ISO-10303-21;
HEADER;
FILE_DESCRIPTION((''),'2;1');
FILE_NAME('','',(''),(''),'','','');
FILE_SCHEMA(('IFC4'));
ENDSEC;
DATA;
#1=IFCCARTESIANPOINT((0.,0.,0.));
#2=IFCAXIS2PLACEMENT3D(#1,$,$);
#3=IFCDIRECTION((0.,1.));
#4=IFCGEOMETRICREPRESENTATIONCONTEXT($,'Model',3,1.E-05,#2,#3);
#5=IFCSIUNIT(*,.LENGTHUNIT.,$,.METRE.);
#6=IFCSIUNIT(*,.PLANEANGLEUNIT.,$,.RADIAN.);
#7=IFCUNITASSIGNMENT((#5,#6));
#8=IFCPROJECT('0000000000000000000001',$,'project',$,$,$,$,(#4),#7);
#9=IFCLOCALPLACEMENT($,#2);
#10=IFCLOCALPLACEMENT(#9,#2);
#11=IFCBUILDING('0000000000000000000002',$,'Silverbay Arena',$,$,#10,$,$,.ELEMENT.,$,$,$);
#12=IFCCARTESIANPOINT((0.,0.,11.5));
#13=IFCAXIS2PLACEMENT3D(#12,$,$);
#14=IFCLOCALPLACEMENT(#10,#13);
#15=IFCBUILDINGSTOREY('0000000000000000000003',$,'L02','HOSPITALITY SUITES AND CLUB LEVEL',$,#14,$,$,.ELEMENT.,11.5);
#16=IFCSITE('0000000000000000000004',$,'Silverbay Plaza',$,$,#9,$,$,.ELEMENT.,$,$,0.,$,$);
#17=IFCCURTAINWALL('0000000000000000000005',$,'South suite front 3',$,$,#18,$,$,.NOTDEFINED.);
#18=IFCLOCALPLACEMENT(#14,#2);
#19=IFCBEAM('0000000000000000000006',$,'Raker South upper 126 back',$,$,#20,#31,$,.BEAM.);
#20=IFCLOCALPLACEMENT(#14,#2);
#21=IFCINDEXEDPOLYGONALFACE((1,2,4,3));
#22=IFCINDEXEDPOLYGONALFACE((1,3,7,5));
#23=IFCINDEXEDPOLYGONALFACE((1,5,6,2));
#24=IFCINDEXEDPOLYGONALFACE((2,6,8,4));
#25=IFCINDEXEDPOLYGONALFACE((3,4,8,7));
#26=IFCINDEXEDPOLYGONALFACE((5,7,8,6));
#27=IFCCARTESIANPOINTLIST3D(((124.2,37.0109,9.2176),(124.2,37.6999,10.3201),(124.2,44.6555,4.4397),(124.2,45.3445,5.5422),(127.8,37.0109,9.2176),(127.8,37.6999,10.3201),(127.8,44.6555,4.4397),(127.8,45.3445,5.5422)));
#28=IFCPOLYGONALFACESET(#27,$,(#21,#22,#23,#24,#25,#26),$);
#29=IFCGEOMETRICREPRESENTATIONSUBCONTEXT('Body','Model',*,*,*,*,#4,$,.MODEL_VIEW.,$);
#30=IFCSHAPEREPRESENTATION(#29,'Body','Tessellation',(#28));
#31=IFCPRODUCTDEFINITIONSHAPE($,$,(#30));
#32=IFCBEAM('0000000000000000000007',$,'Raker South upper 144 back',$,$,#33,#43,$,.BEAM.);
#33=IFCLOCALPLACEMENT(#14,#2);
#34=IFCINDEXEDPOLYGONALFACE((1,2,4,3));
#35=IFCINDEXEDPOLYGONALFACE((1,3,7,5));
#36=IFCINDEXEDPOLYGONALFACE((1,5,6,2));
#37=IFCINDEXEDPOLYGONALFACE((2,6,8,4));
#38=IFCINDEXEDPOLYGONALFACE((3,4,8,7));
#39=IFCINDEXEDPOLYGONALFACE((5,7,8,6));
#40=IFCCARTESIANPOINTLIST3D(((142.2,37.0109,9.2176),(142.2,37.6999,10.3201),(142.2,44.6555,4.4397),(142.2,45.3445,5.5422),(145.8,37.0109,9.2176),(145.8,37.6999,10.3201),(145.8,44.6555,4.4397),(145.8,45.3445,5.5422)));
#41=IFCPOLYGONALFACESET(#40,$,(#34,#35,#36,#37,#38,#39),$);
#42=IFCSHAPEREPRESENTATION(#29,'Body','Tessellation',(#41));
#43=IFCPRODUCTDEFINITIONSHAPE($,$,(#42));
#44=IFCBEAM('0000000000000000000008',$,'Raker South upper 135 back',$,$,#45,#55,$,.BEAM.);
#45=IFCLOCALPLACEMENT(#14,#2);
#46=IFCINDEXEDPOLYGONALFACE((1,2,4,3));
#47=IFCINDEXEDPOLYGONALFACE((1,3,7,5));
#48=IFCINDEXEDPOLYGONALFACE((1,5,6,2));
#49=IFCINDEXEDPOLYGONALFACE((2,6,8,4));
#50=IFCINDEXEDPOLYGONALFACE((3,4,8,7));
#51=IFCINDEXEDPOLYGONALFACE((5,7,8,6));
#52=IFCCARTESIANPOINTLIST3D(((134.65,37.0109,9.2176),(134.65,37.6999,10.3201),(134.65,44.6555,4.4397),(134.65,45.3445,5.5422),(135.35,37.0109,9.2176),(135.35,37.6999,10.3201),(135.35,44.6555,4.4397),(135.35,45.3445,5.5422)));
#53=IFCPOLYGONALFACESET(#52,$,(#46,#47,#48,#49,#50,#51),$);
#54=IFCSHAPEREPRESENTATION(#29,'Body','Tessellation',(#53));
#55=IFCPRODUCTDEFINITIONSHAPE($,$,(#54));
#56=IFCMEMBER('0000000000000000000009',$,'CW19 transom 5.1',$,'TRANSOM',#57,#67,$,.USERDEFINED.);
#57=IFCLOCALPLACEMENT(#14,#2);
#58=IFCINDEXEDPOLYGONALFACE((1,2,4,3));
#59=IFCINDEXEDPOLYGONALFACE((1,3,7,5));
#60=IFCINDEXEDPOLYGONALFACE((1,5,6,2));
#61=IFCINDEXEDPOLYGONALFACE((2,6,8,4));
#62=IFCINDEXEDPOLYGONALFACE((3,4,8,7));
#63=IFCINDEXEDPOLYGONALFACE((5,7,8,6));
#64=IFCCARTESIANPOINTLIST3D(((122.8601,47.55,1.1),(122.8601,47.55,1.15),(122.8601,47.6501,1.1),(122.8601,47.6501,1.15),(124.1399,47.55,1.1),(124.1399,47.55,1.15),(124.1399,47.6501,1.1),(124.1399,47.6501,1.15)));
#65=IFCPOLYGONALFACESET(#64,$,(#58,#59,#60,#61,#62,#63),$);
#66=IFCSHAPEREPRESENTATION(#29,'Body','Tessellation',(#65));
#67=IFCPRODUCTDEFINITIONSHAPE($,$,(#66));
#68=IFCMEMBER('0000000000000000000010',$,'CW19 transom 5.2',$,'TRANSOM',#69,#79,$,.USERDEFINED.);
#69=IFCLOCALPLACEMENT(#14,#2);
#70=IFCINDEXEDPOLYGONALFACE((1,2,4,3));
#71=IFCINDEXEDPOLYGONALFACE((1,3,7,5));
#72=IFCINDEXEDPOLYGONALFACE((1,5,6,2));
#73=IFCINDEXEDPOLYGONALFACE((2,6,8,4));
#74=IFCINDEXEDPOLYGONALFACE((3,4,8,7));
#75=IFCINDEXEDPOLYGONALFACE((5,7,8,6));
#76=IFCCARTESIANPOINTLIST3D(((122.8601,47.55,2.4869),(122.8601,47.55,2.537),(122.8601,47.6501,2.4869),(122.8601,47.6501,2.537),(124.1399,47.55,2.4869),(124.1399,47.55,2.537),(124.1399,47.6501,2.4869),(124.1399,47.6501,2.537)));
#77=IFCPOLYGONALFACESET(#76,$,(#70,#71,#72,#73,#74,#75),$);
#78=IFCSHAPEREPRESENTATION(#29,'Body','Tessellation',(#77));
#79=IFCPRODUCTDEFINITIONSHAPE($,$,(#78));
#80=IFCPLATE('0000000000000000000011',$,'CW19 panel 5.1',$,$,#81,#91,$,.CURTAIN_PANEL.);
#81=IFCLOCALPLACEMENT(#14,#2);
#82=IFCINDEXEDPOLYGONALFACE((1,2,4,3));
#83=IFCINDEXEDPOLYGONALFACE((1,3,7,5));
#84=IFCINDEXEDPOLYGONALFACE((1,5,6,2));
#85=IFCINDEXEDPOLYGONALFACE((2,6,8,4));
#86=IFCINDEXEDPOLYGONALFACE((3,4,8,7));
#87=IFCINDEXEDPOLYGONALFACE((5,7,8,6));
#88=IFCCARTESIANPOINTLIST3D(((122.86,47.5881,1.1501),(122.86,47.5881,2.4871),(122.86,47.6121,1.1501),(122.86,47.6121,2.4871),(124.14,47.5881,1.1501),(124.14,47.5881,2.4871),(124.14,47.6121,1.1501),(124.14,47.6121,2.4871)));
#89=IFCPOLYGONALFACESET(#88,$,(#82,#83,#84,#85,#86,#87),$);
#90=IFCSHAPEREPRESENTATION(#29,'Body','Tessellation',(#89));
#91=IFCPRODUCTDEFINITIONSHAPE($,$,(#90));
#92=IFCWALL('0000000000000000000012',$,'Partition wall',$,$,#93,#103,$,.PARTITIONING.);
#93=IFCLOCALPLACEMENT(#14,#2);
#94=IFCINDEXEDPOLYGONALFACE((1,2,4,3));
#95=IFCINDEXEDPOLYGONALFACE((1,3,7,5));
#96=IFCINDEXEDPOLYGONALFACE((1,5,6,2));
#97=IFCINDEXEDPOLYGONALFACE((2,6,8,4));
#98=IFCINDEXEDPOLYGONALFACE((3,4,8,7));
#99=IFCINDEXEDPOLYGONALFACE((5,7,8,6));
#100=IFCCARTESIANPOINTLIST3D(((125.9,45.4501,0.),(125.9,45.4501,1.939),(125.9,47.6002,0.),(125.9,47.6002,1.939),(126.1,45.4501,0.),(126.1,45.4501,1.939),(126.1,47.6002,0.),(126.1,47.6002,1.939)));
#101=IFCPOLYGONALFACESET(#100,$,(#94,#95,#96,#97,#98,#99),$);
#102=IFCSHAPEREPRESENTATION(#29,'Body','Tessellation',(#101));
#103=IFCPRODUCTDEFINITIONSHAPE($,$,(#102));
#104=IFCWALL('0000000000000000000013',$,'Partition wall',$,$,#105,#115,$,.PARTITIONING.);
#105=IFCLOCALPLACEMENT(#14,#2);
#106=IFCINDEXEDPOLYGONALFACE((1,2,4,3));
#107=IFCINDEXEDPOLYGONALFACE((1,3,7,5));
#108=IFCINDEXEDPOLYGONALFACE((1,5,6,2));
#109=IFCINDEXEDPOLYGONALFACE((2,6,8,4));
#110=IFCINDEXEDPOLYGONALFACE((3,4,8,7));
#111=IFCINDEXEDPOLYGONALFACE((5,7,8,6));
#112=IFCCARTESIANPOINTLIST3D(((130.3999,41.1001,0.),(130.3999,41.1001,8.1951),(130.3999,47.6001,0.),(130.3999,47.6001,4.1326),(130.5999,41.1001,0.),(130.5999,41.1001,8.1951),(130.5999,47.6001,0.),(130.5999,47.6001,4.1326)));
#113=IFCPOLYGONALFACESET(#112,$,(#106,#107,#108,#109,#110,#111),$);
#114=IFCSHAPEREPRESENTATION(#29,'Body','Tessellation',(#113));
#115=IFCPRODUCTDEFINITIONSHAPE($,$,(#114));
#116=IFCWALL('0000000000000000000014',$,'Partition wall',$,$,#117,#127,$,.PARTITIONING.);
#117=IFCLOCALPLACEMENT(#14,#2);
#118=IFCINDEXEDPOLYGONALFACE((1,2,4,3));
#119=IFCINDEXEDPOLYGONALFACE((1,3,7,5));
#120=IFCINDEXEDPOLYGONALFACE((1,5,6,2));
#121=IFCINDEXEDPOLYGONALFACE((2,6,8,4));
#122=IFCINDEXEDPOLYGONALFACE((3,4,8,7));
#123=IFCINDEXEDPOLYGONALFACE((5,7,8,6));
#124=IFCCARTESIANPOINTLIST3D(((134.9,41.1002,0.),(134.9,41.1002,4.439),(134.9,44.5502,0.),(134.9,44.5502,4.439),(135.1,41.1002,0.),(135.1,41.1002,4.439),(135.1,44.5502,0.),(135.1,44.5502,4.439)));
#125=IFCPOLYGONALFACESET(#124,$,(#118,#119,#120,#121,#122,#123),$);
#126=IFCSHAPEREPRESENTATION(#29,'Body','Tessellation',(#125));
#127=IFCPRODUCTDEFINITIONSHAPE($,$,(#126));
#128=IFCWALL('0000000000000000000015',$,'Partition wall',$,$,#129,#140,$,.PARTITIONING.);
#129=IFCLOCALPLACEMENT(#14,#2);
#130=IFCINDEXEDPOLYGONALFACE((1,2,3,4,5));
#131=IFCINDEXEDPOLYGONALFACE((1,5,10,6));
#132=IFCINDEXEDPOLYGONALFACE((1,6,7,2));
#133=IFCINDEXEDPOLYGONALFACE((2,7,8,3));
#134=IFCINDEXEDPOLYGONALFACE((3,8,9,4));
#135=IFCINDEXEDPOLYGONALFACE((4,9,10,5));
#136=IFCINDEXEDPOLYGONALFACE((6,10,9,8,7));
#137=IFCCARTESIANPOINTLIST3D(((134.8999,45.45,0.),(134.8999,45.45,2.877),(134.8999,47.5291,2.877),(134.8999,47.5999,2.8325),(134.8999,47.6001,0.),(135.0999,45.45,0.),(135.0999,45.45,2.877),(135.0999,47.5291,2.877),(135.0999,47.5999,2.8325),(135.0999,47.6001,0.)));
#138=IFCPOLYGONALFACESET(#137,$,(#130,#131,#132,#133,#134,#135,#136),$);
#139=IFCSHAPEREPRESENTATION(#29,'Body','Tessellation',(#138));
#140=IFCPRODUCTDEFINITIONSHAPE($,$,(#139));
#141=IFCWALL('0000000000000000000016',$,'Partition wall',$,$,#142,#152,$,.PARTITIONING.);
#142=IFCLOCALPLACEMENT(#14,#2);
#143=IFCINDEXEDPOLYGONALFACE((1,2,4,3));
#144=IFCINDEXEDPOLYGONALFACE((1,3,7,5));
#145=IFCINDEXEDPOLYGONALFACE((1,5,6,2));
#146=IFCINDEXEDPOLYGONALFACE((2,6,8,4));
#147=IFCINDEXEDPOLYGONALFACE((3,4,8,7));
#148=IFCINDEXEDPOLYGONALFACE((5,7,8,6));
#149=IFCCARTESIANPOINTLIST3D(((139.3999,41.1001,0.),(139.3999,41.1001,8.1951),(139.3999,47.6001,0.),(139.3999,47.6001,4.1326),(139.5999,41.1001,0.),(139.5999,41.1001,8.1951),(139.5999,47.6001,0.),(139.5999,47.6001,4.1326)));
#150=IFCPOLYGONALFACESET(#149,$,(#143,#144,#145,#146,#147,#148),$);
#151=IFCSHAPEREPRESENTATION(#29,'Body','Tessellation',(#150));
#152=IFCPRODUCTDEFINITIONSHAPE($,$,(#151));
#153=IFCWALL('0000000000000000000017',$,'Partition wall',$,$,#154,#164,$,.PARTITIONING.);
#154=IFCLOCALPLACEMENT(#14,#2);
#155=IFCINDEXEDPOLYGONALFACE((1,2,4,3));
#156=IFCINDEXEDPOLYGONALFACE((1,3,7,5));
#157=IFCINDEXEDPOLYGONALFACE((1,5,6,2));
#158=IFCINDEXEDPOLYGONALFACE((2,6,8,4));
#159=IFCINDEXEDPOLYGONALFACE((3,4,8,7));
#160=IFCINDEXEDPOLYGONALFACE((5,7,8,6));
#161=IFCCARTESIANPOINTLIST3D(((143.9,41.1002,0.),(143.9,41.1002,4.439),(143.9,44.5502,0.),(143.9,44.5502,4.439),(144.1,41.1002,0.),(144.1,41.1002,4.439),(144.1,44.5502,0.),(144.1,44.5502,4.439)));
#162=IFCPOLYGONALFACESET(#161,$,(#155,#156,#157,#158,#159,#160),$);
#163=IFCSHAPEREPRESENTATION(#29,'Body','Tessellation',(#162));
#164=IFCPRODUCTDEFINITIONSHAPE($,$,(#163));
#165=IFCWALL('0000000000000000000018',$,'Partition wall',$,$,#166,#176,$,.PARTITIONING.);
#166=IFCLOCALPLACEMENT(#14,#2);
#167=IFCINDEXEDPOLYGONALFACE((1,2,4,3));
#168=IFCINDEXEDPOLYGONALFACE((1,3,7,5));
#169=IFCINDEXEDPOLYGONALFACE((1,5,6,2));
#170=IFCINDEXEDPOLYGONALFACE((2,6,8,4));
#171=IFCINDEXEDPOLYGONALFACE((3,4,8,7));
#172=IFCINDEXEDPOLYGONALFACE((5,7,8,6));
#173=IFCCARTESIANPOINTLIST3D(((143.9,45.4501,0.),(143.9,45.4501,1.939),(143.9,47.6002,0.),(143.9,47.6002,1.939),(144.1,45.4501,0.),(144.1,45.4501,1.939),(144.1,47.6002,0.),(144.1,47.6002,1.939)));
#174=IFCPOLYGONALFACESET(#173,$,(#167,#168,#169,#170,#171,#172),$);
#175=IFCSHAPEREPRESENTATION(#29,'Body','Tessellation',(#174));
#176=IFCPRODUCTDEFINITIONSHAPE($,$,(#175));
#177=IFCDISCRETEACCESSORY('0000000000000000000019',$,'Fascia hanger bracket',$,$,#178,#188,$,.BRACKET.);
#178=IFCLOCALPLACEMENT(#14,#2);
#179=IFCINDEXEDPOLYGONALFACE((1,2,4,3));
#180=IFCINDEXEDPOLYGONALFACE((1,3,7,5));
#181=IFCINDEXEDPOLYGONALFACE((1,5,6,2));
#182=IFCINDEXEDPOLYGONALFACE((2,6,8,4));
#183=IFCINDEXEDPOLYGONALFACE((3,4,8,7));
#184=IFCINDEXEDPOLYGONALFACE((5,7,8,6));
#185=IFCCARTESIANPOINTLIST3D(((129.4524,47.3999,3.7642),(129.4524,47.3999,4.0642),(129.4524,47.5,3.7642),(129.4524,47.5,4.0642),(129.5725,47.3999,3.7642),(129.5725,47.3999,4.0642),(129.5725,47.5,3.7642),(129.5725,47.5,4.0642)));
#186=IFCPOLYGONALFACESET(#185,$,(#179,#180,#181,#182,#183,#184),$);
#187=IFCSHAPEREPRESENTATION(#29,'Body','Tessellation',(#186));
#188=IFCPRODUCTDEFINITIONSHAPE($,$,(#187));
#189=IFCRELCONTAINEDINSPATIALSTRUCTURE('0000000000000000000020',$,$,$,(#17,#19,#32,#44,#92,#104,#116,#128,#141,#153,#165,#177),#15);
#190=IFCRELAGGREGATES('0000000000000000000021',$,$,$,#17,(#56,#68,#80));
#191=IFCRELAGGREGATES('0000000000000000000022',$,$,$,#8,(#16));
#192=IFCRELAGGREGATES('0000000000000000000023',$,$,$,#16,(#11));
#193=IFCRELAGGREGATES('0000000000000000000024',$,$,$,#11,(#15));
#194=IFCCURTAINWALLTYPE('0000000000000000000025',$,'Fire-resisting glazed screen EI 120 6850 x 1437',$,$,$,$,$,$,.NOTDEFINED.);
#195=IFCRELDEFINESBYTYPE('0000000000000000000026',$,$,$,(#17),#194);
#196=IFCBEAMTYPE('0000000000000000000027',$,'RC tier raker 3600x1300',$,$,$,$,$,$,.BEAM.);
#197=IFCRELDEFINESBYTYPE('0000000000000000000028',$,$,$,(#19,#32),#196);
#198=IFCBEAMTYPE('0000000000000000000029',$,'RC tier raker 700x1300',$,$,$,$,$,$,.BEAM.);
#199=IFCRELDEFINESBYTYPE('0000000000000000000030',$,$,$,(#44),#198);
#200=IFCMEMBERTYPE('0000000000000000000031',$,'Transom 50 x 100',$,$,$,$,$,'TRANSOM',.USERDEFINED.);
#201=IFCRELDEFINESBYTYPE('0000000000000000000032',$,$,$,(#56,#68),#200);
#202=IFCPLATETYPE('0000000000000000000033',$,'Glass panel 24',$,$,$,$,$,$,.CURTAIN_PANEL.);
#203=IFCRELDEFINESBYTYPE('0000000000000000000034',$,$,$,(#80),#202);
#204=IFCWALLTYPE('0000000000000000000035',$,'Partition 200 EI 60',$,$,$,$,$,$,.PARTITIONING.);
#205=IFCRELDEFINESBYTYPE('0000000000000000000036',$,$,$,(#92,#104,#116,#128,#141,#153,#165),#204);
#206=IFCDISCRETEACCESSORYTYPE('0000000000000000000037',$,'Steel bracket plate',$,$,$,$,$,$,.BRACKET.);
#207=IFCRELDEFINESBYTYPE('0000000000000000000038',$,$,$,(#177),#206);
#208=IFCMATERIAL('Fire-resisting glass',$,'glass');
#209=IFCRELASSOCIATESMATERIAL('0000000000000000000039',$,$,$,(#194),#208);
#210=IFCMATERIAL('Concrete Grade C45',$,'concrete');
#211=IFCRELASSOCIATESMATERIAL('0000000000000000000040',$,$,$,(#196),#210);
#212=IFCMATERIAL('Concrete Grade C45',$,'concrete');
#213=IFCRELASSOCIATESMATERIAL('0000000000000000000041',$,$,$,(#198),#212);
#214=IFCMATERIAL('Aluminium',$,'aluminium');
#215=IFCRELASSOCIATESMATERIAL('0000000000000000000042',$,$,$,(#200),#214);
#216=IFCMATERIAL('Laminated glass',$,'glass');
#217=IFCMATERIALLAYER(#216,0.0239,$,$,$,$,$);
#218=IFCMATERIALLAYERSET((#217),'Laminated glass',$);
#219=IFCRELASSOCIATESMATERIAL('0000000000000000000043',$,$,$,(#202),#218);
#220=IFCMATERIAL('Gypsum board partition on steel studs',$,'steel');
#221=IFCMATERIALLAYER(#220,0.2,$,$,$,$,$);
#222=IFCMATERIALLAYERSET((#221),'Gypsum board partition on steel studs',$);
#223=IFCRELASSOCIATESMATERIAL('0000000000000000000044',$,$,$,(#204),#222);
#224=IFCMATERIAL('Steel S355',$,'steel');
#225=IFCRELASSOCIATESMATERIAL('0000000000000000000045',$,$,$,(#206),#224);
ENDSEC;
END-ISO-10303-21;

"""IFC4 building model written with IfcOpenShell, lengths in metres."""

from ifc_helpers import new_model, si_unit, direction, frame, frame_2d, origin, origin_2d, place, context, subcontext, project, spatial, polyline, rectangle, outline, extrude, material, layer, layer_set, material_profile, profile_set, type_object, element, aggregate, save


model = new_model("IFC4")

# Units and contexts
model_context = context("Model", 3, precision=1e-05, world=origin(), true_north=direction((0.0, 1.0)))
body_context = subcontext(model_context, "Body", "Model", "MODEL_VIEW")
ifc_project = project(units=[si_unit("LENGTHUNIT", "METRE"), si_unit("PLANEANGLEUNIT", "RADIAN")], contexts=[model_context])

# Site, building, storey
site_placement = place(None, origin())
site = spatial("IfcSite", under=ifc_project, at=site_placement, Name="Silverbay Plaza", CompositionType="ELEMENT", RefElevation=0.0)
building_placement = place(site_placement, origin())
building = spatial("IfcBuilding", under=site, at=building_placement, Name="Silverbay Arena", CompositionType="ELEMENT")
storey_placement = place(building_placement, frame((0.0, 0.0, 11.5)))
storey = spatial("IfcBuildingStorey", under=building, at=storey_placement, Name="L02", Description="HOSPITALITY SUITES AND CLUB LEVEL", CompositionType="ELEMENT", Elevation=11.5)

# Curtain wall
ifc_material_1 = material(Name="Fire-resisting glass", Category="glass")
curtain_wall_type = type_object("IfcCurtainWallType", Name="Fire-resisting glazed screen EI 120 6850 x 1437", PredefinedType="NOTDEFINED", material=ifc_material_1)
curtain_wall_1_placement = place(storey_placement, origin())
curtain_wall_1 = element("IfcCurtainWall", 1, at=curtain_wall_1_placement, inside=storey, type_object=curtain_wall_type, Name="South suite front 3", PredefinedType="NOTDEFINED")

# Beams
ifc_material_2 = material(Name="Concrete Grade C45", Category="concrete")
ifc_material_profile_1 = material_profile(ifc_material_2, rectangle(XDim=3.6001, YDim=1.3, at=origin_2d()), Name="RC 3600x1300")
ifc_profile_set_1 = profile_set([ifc_material_profile_1], Name="Concrete Grade C45")
beam_type_1 = type_object("IfcBeamType", Name="RC tier raker 3600x1300", PredefinedType="BEAM", material=ifc_profile_set_1)
for number, where, z_axis, x_axis, name in (
    (2, (126.0, 45.0, 4.991), (0.0, -0.847998, 0.529999), (1.0, 0.0, 0.0), "Raker South upper 126 back"),
    (3, (144.0, 45.0, 4.991), (0.0, -0.847998, 0.529999), (1.0, 0.0, 0.0), "Raker South upper 144 back"),
):
    element("IfcBeam", number, at=place(storey_placement, frame(where, z_axis=z_axis, x_axis=x_axis)), inside=storey, type_object=beam_type_1, Name=name, PredefinedType="BEAM", context=body_context, shape_type="SweptSolid", body=[
        extrude(rectangle(XDim=3.6001, YDim=1.3, at=origin_2d()), origin(), (0.0, 0.0, 1.0), 9.0149),
    ])
ifc_material_3 = material(Name="Concrete Grade C45", Category="concrete")
ifc_material_profile_2 = material_profile(ifc_material_3, rectangle(XDim=0.7, YDim=1.3, at=origin_2d()), Name="RC 700x1300")
ifc_profile_set_2 = profile_set([ifc_material_profile_2], Name="Concrete Grade C45")
beam_type_2 = type_object("IfcBeamType", Name="RC tier raker 700x1300", PredefinedType="BEAM", material=ifc_profile_set_2)
beam_1_placement = place(storey_placement, frame((135.0, 45.0, 4.991), z_axis=(0.0, -0.847998, 0.529999), x_axis=(1.0, 0.0, 0.0)))
element("IfcBeam", 4, at=beam_1_placement, inside=storey, type_object=beam_type_2, Name="Raker South upper 135 back", PredefinedType="BEAM", context=body_context, shape_type="SweptSolid", body=[
    extrude(rectangle(XDim=0.7, YDim=1.3, at=origin_2d()), origin(), (0.0, 0.0, 1.0), 9.0149),
])

# Members
ifc_material_4 = material(Name="Aluminium", Category="aluminium")
ifc_material_profile_3 = material_profile(ifc_material_4, rectangle(XDim=0.1001, YDim=0.05, at=origin_2d()), Name="Transom 50 x 100")
ifc_profile_set_3 = profile_set([ifc_material_profile_3], Name="Aluminium")
member_type_1 = type_object("IfcMemberType", Name="Transom 50 x 100", ElementType="TRANSOM", PredefinedType="USERDEFINED", material=ifc_profile_set_3)
member_1_placement = place(storey_placement, frame((122.8601, 47.6001, 1.125), z_axis=(1.0, 0.0, 0.0), x_axis=(0.0, 1.0, 0.0)))
member_1 = element("IfcMember", 5, at=member_1_placement, type_object=member_type_1, Name="CW19 transom 5.1", ObjectType="TRANSOM", PredefinedType="USERDEFINED", context=body_context, shape_type="SweptSolid", body=[
    extrude(rectangle(XDim=0.1001, YDim=0.05, at=origin_2d()), origin(), (0.0, 0.0, 1.0), 1.2798),
])
member_2_placement = place(storey_placement, frame((122.8601, 47.6001, 2.512), z_axis=(1.0, 0.0, 0.0), x_axis=(0.0, 1.0, 0.0)))
member_2 = element("IfcMember", 6, at=member_2_placement, type_object=member_type_1, Name="CW19 transom 5.2", ObjectType="TRANSOM", PredefinedType="USERDEFINED", context=body_context, shape_type="SweptSolid", body=[
    extrude(rectangle(XDim=0.1001, YDim=0.05, at=origin_2d()), origin(), (0.0, 0.0, 1.0), 1.2798),
])

# Plate
ifc_material_5 = material(Name="Laminated glass", Category="glass")
ifc_layer_1 = layer(ifc_material_5, 0.0239)
ifc_layer_set_1 = layer_set([ifc_layer_1], Name="Laminated glass")
plate_type = type_object("IfcPlateType", Name="Glass panel 24", PredefinedType="CURTAIN_PANEL", material=ifc_layer_set_1)
plate_placement = place(storey_placement, frame((123.5, 47.6001, 1.1501), z_axis=(0.0, 0.0, 1.0), x_axis=(1.0, 0.0, 0.0)))
plate = element("IfcPlate", 7, at=plate_placement, type_object=plate_type, Name="CW19 panel 5.1", PredefinedType="CURTAIN_PANEL", context=body_context, shape_type="SweptSolid", body=[
    extrude(rectangle(XDim=1.28, YDim=0.0239, at=origin_2d()), origin(), (0.0, 0.0, 1.0), 1.3369),
])
aggregate(curtain_wall_1, [member_1, member_2, plate])

# Walls
ifc_material_6 = material(Name="Gypsum board partition on steel studs", Category="steel")
ifc_layer_2 = layer(ifc_material_6, 0.2)
ifc_layer_set_2 = layer_set([ifc_layer_2], Name="Gypsum board partition on steel studs")
wall_type = type_object("IfcWallType", Name="Partition 200 EI 60", PredefinedType="PARTITIONING", material=ifc_layer_set_2)
wall_1_placement = place(storey_placement, frame((126.0, 45.45, 0.0), z_axis=(0.0, 0.0, 1.0), x_axis=(0.0, 1.0, 0.0)))
element("IfcWall", 8, at=wall_1_placement, inside=storey, type_object=wall_type, Name="Partition wall", PredefinedType="PARTITIONING", context=body_context, shape_type="SweptSolid", body=[
    extrude(rectangle(XDim=2.1501, YDim=0.2, at=frame_2d((1.0752, 0.0))), origin(), (0.0, 0.0, 1.0), 1.939),
])
wall_2_placement = place(storey_placement, frame((130.5, 41.1001, 0.0), z_axis=(0.0, 0.0, 1.0), x_axis=(0.0, 1.0, 0.0)))
element("IfcWall", 9, at=wall_2_placement, inside=storey, type_object=wall_type, Name="Partition wall", PredefinedType="PARTITIONING", context=body_context, shape_type="SweptSolid", body=[
    extrude(outline(polyline([(0.0, 0.0), (6.5, 0.0), (6.5, 4.1326), (0.0, 8.1951), (0.0, 0.0)])), frame((0.0, 0.1001, 0.0), z_axis=(0.0, -1.0, 0.0), x_axis=(1.0, 0.0, 0.0)), (0.0, 0.0, 1.0), 0.2),
])
wall_3_placement = place(storey_placement, frame((135.0, 41.1001, 0.0), z_axis=(0.0, 0.0, 1.0), x_axis=(0.0, 1.0, 0.0)))
element("IfcWall", 10, at=wall_3_placement, inside=storey, type_object=wall_type, Name="Partition wall", PredefinedType="PARTITIONING", context=body_context, shape_type="SweptSolid", body=[
    extrude(rectangle(XDim=3.45, YDim=0.2, at=frame_2d((1.7251, 0.0))), origin(), (0.0, 0.0, 1.0), 4.439),
])
wall_4_placement = place(storey_placement, frame((135.0, 45.45, 0.0), z_axis=(0.0, 0.0, 1.0), x_axis=(0.0, 1.0, 0.0)))
element("IfcWall", 11, at=wall_4_placement, inside=storey, type_object=wall_type, Name="Partition wall", PredefinedType="PARTITIONING", context=body_context, shape_type="SweptSolid", body=[
    extrude(outline(polyline([(0.0, 0.0), (2.1501, 0.0), (2.1499, 2.8325), (2.0791, 2.877), (0.0, 2.877), (0.0, 0.0)])), frame((0.0, 0.1001, 0.0), z_axis=(0.0, -1.0, 0.0), x_axis=(1.0, 0.0, 0.0)), (0.0, 0.0, 1.0), 0.2),
])
wall_5_placement = place(storey_placement, frame((139.5, 41.1001, 0.0), z_axis=(0.0, 0.0, 1.0), x_axis=(0.0, 1.0, 0.0)))
element("IfcWall", 12, at=wall_5_placement, inside=storey, type_object=wall_type, Name="Partition wall", PredefinedType="PARTITIONING", context=body_context, shape_type="SweptSolid", body=[
    extrude(outline(polyline([(0.0, 0.0), (6.5, 0.0), (6.5, 4.1326), (0.0, 8.1951), (0.0, 0.0)])), frame((0.0, 0.1001, 0.0), z_axis=(0.0, -1.0, 0.0), x_axis=(1.0, 0.0, 0.0)), (0.0, 0.0, 1.0), 0.2),
])
wall_6_placement = place(storey_placement, frame((144.0, 41.1001, 0.0), z_axis=(0.0, 0.0, 1.0), x_axis=(0.0, 1.0, 0.0)))
element("IfcWall", 13, at=wall_6_placement, inside=storey, type_object=wall_type, Name="Partition wall", PredefinedType="PARTITIONING", context=body_context, shape_type="SweptSolid", body=[
    extrude(rectangle(XDim=3.45, YDim=0.2, at=frame_2d((1.7251, 0.0))), origin(), (0.0, 0.0, 1.0), 4.439),
])
wall_7_placement = place(storey_placement, frame((144.0, 45.45, 0.0), z_axis=(0.0, 0.0, 1.0), x_axis=(0.0, 1.0, 0.0)))
element("IfcWall", 14, at=wall_7_placement, inside=storey, type_object=wall_type, Name="Partition wall", PredefinedType="PARTITIONING", context=body_context, shape_type="SweptSolid", body=[
    extrude(rectangle(XDim=2.1501, YDim=0.2, at=frame_2d((1.0752, 0.0))), origin(), (0.0, 0.0, 1.0), 1.939),
])

# Discrete accessory
ifc_material_7 = material(Name="Steel S355", Category="steel")
discrete_accessory_type = type_object("IfcDiscreteAccessoryType", Name="Steel bracket plate", PredefinedType="BRACKET", material=ifc_material_7)
for number, where, z_axis, x_axis, name in (
    (15, (129.5125, 47.45, 3.7642), (0.0, 0.0, 1.0), (1.0, 0.0, 0.0), "Fascia hanger bracket"),
):
    element("IfcDiscreteAccessory", number, at=place(storey_placement, frame(where, z_axis=z_axis, x_axis=x_axis)), inside=storey, type_object=discrete_accessory_type, Name=name, PredefinedType="BRACKET", context=body_context, shape_type="SweptSolid", body=[
        extrude(rectangle(XDim=0.1201, YDim=0.1001, at=origin_2d()), origin(), (0.0, 0.0, 1.0), 0.3),
    ])

save(model, "model.ifc")
